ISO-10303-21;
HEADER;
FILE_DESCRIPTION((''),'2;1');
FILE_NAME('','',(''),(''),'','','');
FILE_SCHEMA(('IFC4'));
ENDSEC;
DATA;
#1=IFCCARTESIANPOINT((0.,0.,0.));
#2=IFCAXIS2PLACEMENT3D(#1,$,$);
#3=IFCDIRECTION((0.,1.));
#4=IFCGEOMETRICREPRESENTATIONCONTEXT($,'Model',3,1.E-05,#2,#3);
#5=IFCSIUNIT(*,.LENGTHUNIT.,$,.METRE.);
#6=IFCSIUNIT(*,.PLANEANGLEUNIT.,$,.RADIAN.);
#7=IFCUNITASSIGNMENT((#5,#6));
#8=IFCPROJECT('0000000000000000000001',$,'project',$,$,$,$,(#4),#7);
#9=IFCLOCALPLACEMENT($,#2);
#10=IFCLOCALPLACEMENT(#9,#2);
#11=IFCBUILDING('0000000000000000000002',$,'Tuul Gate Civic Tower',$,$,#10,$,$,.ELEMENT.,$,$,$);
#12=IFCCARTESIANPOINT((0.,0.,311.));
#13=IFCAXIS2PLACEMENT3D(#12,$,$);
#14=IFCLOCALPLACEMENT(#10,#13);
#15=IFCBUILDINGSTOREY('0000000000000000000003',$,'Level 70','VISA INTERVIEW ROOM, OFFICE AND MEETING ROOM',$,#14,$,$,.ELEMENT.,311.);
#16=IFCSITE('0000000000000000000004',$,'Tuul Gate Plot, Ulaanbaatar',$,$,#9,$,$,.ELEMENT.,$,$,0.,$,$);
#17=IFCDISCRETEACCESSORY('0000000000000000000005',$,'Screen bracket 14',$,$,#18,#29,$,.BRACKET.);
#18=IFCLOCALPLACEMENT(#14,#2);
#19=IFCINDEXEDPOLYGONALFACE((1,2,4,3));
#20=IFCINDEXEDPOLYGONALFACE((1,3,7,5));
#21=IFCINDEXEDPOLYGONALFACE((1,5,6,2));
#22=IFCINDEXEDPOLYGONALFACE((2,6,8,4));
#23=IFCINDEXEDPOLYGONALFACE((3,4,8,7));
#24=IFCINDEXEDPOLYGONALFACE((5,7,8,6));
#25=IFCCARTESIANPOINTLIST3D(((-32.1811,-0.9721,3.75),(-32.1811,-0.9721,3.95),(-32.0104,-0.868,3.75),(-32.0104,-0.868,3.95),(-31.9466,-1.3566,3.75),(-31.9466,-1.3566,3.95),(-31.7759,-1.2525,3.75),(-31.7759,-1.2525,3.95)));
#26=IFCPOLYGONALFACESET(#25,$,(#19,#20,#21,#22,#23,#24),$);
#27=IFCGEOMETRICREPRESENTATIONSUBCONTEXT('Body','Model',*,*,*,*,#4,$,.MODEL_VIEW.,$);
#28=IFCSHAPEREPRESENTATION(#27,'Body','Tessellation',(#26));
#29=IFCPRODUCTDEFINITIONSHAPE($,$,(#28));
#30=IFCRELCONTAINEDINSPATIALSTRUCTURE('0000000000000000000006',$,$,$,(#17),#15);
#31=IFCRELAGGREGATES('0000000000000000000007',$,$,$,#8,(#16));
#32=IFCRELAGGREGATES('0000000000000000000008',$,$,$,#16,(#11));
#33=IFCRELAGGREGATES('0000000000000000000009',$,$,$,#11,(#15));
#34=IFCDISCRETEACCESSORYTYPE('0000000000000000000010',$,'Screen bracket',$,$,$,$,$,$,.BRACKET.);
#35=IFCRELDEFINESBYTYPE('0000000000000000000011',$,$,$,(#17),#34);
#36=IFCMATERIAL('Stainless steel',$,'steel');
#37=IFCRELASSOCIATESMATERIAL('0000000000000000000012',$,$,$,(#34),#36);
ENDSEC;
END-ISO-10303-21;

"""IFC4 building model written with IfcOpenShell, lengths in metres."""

from ifc_helpers import new_model, si_unit, direction, frame, origin, origin_2d, place, context, subcontext, project, spatial, rectangle, extrude, material, type_object, element, save


model = new_model("IFC4")

# Units and contexts
model_context = context("Model", 3, precision=1e-05, world=origin(), true_north=direction((0.0, 1.0)))
body_context = subcontext(model_context, "Body", "Model", "MODEL_VIEW")
ifc_project = project(units=[si_unit("LENGTHUNIT", "METRE"), si_unit("PLANEANGLEUNIT", "RADIAN")], contexts=[model_context])

# Site, building, storey
site_placement = place(None, origin())
site = spatial("IfcSite", under=ifc_project, at=site_placement, Name="Tuul Gate Plot, Ulaanbaatar", CompositionType="ELEMENT", RefElevation=0.0)
building_placement = place(site_placement, origin())
building = spatial("IfcBuilding", under=site, at=building_placement, Name="Tuul Gate Civic Tower", CompositionType="ELEMENT")
storey_placement = place(building_placement, frame((0.0, 0.0, 311.0)))
storey = spatial("IfcBuildingStorey", under=building, at=storey_placement, Name="Level 70", Description="VISA INTERVIEW ROOM, OFFICE AND MEETING ROOM", CompositionType="ELEMENT", Elevation=311.0)

# Discrete accessory
ifc_material_1 = material(Name="Stainless steel", Category="steel")
discrete_accessory_type_1 = type_object("IfcDiscreteAccessoryType", Name="Screen bracket", PredefinedType="BRACKET", material=ifc_material_1)
discrete_accessory_1_placement = place(storey_placement, frame((-31.9785, -1.1123, 3.75), z_axis=(0.0, 0.0, 1.0), x_axis=(-0.520743, 0.853714, 0.0)))
element("IfcDiscreteAccessory", 1, at=discrete_accessory_1_placement, inside=storey, type_object=discrete_accessory_type_1, Name="Screen bracket 14", PredefinedType="BRACKET", context=body_context, shape_type="SweptSolid", body=[
    extrude(rectangle(XDim=0.4504, YDim=0.2, at=origin_2d()), origin(), (0.0, 0.0, 1.0), 0.2),
])

save(model, "model.ifc")
